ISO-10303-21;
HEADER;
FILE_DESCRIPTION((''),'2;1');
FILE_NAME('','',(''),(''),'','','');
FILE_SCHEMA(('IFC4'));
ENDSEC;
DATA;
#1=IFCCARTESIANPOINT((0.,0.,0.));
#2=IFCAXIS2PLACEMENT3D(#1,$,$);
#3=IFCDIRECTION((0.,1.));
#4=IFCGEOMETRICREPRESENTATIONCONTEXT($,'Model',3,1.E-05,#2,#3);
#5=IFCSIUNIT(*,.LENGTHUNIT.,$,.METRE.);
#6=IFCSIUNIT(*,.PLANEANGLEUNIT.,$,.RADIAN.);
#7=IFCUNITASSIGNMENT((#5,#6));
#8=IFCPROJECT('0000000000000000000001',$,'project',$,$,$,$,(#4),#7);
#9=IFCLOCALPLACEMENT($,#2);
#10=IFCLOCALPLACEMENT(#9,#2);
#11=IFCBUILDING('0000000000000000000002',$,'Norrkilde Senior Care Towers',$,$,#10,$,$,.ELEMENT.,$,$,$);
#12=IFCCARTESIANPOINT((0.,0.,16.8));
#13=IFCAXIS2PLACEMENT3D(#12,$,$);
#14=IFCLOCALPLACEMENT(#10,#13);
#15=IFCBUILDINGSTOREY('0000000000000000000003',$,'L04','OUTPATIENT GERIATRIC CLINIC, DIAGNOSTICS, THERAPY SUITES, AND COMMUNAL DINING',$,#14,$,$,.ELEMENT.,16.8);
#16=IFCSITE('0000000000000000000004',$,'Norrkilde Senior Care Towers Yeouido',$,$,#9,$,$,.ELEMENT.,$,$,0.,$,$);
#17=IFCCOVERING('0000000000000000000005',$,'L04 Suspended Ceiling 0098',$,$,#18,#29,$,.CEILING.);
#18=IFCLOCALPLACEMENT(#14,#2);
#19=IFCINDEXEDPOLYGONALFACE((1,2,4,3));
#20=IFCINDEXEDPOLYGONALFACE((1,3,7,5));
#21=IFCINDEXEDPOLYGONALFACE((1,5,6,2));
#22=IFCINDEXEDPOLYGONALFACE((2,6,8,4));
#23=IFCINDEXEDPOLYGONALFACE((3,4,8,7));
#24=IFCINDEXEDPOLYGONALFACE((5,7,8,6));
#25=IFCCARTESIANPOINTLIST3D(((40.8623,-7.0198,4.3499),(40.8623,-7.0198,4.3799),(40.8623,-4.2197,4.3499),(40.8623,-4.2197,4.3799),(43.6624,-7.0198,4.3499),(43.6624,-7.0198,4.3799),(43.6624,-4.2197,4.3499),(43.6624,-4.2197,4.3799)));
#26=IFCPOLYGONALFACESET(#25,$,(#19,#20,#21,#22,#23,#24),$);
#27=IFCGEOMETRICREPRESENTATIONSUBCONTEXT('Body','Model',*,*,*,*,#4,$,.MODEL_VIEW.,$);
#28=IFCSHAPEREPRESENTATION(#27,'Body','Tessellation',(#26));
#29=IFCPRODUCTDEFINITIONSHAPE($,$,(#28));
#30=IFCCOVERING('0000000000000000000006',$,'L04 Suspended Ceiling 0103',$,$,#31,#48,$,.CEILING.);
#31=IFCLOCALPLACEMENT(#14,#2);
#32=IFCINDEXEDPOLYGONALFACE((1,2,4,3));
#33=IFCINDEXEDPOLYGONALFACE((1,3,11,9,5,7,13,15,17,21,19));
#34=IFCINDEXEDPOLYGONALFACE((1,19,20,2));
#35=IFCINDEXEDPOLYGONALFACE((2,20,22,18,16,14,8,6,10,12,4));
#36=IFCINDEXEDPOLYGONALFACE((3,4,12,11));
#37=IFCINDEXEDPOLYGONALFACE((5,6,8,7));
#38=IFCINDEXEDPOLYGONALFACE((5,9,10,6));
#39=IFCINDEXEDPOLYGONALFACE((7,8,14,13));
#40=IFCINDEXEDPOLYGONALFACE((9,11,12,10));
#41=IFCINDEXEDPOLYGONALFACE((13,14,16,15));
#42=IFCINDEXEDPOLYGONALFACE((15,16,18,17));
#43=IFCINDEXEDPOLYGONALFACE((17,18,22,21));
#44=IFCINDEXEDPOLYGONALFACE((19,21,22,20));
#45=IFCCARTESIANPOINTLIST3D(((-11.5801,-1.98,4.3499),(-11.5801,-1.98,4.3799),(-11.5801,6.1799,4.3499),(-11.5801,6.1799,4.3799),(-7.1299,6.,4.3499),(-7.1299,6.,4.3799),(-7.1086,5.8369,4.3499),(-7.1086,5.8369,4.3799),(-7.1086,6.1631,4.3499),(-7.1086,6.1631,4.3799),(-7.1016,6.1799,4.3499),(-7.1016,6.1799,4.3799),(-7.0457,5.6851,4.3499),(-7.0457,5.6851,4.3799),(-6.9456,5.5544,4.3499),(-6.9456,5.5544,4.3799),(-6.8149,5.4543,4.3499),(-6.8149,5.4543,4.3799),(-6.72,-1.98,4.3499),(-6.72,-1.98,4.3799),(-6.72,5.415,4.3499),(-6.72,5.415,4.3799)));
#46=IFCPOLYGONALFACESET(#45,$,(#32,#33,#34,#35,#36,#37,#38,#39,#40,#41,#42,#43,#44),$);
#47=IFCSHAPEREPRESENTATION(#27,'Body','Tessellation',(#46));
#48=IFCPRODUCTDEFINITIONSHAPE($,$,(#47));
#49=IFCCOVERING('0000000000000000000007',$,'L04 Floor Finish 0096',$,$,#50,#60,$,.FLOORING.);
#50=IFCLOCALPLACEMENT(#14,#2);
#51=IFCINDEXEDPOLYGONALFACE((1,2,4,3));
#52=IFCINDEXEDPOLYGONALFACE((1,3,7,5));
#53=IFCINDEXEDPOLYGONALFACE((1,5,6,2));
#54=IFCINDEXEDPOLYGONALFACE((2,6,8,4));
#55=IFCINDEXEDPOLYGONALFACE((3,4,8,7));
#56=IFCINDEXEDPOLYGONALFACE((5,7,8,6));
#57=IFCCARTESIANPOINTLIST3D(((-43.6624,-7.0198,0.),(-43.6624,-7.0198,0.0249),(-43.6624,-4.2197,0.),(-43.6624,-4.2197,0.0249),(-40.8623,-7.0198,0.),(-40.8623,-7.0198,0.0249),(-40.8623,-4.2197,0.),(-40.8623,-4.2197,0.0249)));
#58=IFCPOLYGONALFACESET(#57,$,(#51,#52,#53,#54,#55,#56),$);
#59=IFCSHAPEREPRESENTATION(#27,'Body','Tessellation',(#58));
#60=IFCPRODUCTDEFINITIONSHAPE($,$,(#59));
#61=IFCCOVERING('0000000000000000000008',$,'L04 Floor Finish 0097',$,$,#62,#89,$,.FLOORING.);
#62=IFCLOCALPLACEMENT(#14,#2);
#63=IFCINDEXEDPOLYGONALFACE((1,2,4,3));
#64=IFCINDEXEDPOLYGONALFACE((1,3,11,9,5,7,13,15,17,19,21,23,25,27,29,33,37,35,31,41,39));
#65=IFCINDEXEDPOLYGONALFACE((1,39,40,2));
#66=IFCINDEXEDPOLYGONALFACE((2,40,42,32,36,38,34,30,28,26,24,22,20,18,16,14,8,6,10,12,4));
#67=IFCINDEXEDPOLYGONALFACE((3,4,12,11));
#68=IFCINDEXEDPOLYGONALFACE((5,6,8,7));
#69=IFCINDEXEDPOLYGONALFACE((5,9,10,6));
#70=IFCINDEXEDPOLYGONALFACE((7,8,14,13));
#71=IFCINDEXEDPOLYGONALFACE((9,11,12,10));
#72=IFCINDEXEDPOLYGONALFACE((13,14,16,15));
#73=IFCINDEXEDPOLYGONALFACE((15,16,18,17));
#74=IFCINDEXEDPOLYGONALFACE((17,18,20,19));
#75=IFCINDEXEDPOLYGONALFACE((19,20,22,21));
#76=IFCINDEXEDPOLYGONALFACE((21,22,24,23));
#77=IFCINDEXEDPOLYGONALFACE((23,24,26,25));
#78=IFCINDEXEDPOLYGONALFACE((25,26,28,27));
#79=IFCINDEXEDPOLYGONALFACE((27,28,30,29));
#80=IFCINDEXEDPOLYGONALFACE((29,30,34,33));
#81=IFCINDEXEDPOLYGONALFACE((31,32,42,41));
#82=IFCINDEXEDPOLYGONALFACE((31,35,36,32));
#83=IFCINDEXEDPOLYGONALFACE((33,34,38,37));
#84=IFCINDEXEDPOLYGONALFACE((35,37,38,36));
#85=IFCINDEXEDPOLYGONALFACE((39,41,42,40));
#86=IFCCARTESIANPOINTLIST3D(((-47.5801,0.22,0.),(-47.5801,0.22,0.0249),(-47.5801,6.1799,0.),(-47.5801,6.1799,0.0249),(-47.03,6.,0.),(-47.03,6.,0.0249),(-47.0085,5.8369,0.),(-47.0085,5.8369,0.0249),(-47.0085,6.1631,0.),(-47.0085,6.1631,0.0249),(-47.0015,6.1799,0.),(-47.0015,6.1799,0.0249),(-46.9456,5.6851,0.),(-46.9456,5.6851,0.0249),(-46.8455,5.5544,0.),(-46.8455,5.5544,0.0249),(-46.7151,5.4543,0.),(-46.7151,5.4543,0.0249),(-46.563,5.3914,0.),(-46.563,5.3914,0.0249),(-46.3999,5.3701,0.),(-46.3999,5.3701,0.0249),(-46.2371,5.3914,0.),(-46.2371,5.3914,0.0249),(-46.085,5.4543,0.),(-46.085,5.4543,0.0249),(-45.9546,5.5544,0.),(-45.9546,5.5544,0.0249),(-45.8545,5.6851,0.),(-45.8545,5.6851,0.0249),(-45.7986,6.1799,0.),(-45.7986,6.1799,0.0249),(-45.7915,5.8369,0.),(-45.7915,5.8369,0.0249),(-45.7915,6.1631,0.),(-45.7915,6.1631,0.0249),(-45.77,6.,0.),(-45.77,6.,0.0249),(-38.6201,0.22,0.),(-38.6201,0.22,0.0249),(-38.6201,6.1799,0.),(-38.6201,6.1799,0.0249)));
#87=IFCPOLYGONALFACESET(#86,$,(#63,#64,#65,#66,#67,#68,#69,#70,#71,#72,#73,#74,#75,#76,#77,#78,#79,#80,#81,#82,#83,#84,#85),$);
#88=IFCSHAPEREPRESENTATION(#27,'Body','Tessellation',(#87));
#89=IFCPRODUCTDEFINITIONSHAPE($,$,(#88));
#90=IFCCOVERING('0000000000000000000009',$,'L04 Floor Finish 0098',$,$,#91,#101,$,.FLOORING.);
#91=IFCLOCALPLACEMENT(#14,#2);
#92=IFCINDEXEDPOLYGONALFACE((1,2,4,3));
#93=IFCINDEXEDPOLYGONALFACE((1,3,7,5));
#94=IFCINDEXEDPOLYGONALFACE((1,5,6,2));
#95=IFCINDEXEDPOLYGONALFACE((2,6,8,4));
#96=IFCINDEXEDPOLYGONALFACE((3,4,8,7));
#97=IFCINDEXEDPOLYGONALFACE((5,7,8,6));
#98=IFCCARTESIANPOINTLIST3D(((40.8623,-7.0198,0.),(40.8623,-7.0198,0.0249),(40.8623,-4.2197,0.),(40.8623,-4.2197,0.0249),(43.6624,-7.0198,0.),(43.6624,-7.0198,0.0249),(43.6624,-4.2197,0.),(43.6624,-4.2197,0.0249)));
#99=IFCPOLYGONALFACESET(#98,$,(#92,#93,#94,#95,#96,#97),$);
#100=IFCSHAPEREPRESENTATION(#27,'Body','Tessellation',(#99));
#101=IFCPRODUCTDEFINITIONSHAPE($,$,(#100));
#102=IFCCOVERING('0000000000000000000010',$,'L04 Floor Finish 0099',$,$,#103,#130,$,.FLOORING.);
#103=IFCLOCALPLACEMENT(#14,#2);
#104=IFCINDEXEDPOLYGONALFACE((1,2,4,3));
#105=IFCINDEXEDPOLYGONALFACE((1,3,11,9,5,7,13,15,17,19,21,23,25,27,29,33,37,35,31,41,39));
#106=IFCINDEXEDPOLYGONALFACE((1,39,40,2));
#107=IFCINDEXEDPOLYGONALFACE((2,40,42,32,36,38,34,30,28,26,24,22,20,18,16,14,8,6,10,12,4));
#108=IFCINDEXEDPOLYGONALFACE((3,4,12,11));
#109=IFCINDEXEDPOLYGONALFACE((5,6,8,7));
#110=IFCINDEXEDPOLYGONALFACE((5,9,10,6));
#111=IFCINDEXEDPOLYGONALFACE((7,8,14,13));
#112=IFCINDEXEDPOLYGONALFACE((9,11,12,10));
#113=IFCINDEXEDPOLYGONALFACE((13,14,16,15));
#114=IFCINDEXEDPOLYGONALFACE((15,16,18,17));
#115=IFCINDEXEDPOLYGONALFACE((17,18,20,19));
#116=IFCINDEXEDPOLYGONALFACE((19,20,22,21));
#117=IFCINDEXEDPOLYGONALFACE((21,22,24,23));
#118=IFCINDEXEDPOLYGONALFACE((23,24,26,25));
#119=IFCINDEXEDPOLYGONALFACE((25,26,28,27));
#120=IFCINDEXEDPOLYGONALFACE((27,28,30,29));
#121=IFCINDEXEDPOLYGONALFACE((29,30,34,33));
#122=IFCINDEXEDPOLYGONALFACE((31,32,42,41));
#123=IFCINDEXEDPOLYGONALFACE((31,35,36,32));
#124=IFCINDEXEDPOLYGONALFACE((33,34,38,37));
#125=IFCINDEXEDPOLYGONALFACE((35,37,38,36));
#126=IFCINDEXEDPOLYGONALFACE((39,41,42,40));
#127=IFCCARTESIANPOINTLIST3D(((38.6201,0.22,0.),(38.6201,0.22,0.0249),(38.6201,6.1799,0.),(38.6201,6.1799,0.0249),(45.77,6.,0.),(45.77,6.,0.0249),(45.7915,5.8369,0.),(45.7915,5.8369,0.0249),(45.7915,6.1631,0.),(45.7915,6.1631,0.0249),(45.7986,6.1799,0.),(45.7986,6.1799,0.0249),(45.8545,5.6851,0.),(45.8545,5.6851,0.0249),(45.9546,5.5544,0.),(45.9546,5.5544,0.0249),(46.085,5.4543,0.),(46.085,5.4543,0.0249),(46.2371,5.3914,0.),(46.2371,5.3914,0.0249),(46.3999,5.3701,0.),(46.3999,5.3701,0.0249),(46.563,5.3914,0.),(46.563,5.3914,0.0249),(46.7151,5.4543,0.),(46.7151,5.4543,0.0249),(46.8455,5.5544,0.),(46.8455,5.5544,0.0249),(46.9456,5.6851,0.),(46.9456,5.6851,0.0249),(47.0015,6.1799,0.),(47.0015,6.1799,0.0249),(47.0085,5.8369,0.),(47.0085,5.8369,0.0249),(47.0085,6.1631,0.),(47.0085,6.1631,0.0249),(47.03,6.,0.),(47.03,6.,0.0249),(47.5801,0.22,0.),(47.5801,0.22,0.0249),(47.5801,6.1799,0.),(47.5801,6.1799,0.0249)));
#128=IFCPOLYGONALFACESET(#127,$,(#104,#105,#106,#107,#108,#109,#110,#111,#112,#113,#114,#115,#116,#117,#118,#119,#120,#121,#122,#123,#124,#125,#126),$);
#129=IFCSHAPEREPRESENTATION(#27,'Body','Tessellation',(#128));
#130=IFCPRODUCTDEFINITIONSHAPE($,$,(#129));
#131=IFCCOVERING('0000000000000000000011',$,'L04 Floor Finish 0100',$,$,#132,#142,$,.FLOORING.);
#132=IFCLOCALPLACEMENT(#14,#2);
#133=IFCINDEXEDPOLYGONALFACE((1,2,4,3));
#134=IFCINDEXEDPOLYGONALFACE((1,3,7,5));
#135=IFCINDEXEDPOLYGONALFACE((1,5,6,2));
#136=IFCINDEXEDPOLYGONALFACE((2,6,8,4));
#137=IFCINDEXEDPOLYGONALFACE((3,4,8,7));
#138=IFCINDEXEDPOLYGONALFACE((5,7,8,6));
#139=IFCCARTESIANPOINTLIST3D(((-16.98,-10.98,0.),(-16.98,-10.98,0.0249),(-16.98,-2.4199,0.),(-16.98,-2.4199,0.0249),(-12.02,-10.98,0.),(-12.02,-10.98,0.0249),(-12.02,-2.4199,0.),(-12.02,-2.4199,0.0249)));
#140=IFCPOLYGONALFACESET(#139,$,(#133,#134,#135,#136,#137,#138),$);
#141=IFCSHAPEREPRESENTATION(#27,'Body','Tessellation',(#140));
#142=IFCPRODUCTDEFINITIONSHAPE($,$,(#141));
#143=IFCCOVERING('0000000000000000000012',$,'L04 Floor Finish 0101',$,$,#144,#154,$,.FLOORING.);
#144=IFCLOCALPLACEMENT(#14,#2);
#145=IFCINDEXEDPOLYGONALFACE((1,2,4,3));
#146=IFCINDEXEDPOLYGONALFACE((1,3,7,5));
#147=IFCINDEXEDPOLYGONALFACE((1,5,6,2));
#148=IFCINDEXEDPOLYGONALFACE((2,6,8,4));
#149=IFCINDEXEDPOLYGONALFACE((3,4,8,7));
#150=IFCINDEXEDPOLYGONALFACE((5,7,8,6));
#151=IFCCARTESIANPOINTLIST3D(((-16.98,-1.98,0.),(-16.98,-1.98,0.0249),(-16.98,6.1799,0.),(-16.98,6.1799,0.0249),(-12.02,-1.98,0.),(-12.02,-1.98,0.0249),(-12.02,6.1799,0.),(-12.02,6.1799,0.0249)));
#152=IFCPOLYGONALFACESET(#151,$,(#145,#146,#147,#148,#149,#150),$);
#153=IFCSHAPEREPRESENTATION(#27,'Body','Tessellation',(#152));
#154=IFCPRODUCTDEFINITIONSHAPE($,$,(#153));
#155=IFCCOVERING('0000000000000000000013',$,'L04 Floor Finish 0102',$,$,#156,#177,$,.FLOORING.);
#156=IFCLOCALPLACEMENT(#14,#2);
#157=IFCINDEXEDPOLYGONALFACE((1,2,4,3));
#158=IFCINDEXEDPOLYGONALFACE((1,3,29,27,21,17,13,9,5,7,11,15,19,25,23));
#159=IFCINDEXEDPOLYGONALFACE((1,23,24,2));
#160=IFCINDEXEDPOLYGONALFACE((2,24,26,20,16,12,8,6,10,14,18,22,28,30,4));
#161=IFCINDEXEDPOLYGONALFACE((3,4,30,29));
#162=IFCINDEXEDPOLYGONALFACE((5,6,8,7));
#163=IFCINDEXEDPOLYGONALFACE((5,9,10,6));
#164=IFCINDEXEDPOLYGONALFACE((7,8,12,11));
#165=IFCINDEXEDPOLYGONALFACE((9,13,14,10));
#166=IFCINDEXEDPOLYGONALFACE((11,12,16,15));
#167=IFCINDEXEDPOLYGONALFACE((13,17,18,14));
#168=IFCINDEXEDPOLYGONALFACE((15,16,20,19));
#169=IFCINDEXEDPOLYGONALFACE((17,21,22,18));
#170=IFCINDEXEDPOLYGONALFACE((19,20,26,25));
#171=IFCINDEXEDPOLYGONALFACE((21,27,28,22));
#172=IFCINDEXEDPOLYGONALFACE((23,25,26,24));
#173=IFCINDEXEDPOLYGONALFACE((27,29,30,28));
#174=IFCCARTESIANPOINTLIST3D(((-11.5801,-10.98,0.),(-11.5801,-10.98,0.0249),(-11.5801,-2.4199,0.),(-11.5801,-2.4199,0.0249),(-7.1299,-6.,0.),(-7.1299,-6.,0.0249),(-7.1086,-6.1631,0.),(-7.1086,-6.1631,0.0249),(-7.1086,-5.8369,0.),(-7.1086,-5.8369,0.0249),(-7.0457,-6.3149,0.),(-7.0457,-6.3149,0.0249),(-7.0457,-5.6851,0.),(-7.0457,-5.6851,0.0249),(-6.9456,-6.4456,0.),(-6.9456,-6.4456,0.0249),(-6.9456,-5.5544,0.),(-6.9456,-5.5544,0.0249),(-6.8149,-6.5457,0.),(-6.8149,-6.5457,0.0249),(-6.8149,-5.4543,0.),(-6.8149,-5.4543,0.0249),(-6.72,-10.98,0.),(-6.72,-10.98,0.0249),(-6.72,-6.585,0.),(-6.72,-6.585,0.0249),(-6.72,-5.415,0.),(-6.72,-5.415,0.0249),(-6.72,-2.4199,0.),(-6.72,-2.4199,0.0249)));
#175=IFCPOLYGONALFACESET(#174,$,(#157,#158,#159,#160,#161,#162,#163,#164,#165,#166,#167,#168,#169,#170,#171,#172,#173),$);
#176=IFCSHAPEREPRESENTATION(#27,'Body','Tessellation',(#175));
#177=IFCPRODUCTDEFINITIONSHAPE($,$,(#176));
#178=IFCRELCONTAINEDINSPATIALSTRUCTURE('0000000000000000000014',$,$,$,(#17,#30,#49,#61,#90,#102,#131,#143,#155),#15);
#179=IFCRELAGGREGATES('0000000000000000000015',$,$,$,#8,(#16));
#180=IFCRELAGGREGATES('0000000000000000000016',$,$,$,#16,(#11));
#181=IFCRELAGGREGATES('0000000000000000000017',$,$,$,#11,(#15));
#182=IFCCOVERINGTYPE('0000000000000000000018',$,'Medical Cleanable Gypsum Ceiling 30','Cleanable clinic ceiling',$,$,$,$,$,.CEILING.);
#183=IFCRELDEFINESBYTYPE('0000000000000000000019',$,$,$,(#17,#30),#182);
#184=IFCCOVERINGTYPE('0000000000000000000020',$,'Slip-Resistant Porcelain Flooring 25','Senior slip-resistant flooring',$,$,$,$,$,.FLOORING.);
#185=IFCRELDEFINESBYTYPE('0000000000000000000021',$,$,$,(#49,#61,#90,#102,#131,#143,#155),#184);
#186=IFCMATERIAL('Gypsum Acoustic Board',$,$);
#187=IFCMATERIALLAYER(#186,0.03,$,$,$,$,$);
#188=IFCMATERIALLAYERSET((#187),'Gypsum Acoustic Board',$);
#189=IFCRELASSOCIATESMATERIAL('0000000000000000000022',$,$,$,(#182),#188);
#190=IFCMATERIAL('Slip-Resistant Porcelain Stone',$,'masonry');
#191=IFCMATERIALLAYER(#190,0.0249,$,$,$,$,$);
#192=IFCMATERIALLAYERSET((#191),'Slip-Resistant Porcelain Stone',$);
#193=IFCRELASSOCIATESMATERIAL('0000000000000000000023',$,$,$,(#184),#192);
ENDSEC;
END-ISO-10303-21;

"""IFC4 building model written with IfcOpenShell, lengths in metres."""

from ifc_helpers import new_model, si_unit, direction, frame, origin, place, context, subcontext, project, spatial, polyline, outline, extrude, material, layer, layer_set, type_object, element, save


model = new_model("IFC4")

# Units and contexts
model_context = context("Model", 3, precision=1e-05, world=origin(), true_north=direction((0.0, 1.0)))
body_context = subcontext(model_context, "Body", "Model", "MODEL_VIEW")
ifc_project = project(units=[si_unit("LENGTHUNIT", "METRE"), si_unit("PLANEANGLEUNIT", "RADIAN")], contexts=[model_context])

# Site, building, storey
site_placement = place(None, origin())
site = spatial("IfcSite", under=ifc_project, at=site_placement, Name="Norrkilde Senior Care Towers Yeouido", CompositionType="ELEMENT", RefElevation=0.0)
building_placement = place(site_placement, origin())
building = spatial("IfcBuilding", under=site, at=building_placement, Name="Norrkilde Senior Care Towers", CompositionType="ELEMENT")
storey_placement = place(building_placement, frame((0.0, 0.0, 16.8)))
storey = spatial("IfcBuildingStorey", under=building, at=storey_placement, Name="L04", Description="OUTPATIENT GERIATRIC CLINIC, DIAGNOSTICS, THERAPY SUITES, AND COMMUNAL DINING", CompositionType="ELEMENT", Elevation=16.8)

# Coverings
ifc_material_1 = material(Name="Gypsum Acoustic Board")
ifc_layer_1 = layer(ifc_material_1, 0.03)
ifc_layer_set_1 = layer_set([ifc_layer_1], Name="Gypsum Acoustic Board")
covering_type_1 = type_object("IfcCoveringType", Name="Medical Cleanable Gypsum Ceiling 30", Description="Cleanable clinic ceiling", PredefinedType="CEILING", material=ifc_layer_set_1)
covering_1_placement = place(storey_placement, frame((0.0, 0.0, 4.3499)))
element("IfcCovering", 1, at=covering_1_placement, inside=storey, type_object=covering_type_1, Name="L04 Suspended Ceiling 0098", PredefinedType="CEILING", context=body_context, shape_type="SweptSolid", body=[
    extrude(outline(polyline([(40.8623, -7.0198), (40.8623, -4.2197), (43.6624, -4.2197), (43.6624, -7.0198), (40.8623, -7.0198)])), origin(), (0.0, 0.0, 1.0), 0.03),
])
covering_2_placement = place(storey_placement, frame((0.0, 0.0, 4.3499)))
element("IfcCovering", 2, at=covering_2_placement, inside=storey, type_object=covering_type_1, Name="L04 Suspended Ceiling 0103", PredefinedType="CEILING", context=body_context, shape_type="SweptSolid", body=[
    extrude(outline(polyline([(-6.72, -1.98), (-11.5801, -1.98), (-11.5801, 6.1799), (-7.1016, 6.1799), (-7.1086, 6.1631), (-7.1299, 6.0), (-7.1086, 5.8369), (-7.0457, 5.6851), (-6.9456, 5.5544), (-6.8149, 5.4543), (-6.72, 5.415), (-6.72, -1.98)])), origin(), (0.0, 0.0, 1.0), 0.03),
])
ifc_material_2 = material(Name="Slip-Resistant Porcelain Stone", Category="masonry")
ifc_layer_2 = layer(ifc_material_2, 0.0249)
ifc_layer_set_2 = layer_set([ifc_layer_2], Name="Slip-Resistant Porcelain Stone")
covering_type_2 = type_object("IfcCoveringType", Name="Slip-Resistant Porcelain Flooring 25", Description="Senior slip-resistant flooring", PredefinedType="FLOORING", material=ifc_layer_set_2)
covering_3_placement = place(storey_placement, origin())
element("IfcCovering", 3, at=covering_3_placement, inside=storey, type_object=covering_type_2, Name="L04 Floor Finish 0096", PredefinedType="FLOORING", context=body_context, shape_type="SweptSolid", body=[
    extrude(outline(polyline([(-43.6624, -7.0198), (-43.6624, -4.2197), (-40.8623, -4.2197), (-40.8623, -7.0198), (-43.6624, -7.0198)])), origin(), (0.0, 0.0, 1.0), 0.0249),
])
covering_4_placement = place(storey_placement, origin())
element("IfcCovering", 4, at=covering_4_placement, inside=storey, type_object=covering_type_2, Name="L04 Floor Finish 0097", PredefinedType="FLOORING", context=body_context, shape_type="SweptSolid", body=[
    extrude(outline(polyline([(-38.6201, 0.22), (-47.5801, 0.22), (-47.5801, 6.1799), (-47.0015, 6.1799), (-47.0085, 6.1631), (-47.03, 6.0), (-47.0085, 5.8369), (-46.9456, 5.6851), (-46.8455, 5.5544), (-46.7151, 5.4543), (-46.563, 5.3914), (-46.3999, 5.3701), (-46.2371, 5.3914), (-46.085, 5.4543), (-45.9546, 5.5544), (-45.8545, 5.6851), (-45.7915, 5.8369), (-45.77, 6.0), (-45.7915, 6.1631), (-45.7986, 6.1799), (-38.6201, 6.1799), (-38.6201, 0.22)])), origin(), (0.0, 0.0, 1.0), 0.0249),
])
covering_5_placement = place(storey_placement, origin())
element("IfcCovering", 5, at=covering_5_placement, inside=storey, type_object=covering_type_2, Name="L04 Floor Finish 0098", PredefinedType="FLOORING", context=body_context, shape_type="SweptSolid", body=[
    extrude(outline(polyline([(40.8623, -7.0198), (40.8623, -4.2197), (43.6624, -4.2197), (43.6624, -7.0198), (40.8623, -7.0198)])), origin(), (0.0, 0.0, 1.0), 0.0249),
])
covering_6_placement = place(storey_placement, origin())
element("IfcCovering", 6, at=covering_6_placement, inside=storey, type_object=covering_type_2, Name="L04 Floor Finish 0099", PredefinedType="FLOORING", context=body_context, shape_type="SweptSolid", body=[
    extrude(outline(polyline([(47.5801, 0.22), (38.6201, 0.22), (38.6201, 6.1799), (45.7986, 6.1799), (45.7915, 6.1631), (45.77, 6.0), (45.7915, 5.8369), (45.8545, 5.6851), (45.9546, 5.5544), (46.085, 5.4543), (46.2371, 5.3914), (46.3999, 5.3701), (46.563, 5.3914), (46.7151, 5.4543), (46.8455, 5.5544), (46.9456, 5.6851), (47.0085, 5.8369), (47.03, 6.0), (47.0085, 6.1631), (47.0015, 6.1799), (47.5801, 6.1799), (47.5801, 0.22)])), origin(), (0.0, 0.0, 1.0), 0.0249),
])
covering_7_placement = place(storey_placement, origin())
element("IfcCovering", 7, at=covering_7_placement, inside=storey, type_object=covering_type_2, Name="L04 Floor Finish 0100", PredefinedType="FLOORING", context=body_context, shape_type="SweptSolid", body=[
    extrude(outline(polyline([(-12.02, -2.4199), (-12.02, -10.98), (-16.98, -10.98), (-16.98, -2.4199), (-12.02, -2.4199)])), origin(), (0.0, 0.0, 1.0), 0.0249),
])
covering_8_placement = place(storey_placement, origin())
element("IfcCovering", 8, at=covering_8_placement, inside=storey, type_object=covering_type_2, Name="L04 Floor Finish 0101", PredefinedType="FLOORING", context=body_context, shape_type="SweptSolid", body=[
    extrude(outline(polyline([(-12.02, 6.1799), (-12.02, -1.98), (-16.98, -1.98), (-16.98, 6.1799), (-12.02, 6.1799)])), origin(), (0.0, 0.0, 1.0), 0.0249),
])
covering_9_placement = place(storey_placement, origin())
element("IfcCovering", 9, at=covering_9_placement, inside=storey, type_object=covering_type_2, Name="L04 Floor Finish 0102", PredefinedType="FLOORING", context=body_context, shape_type="SweptSolid", body=[
    extrude(outline(polyline([(-6.72, -5.415), (-6.8149, -5.4543), (-6.9456, -5.5544), (-7.0457, -5.6851), (-7.1086, -5.8369), (-7.1299, -6.0), (-7.1086, -6.1631), (-7.0457, -6.3149), (-6.9456, -6.4456), (-6.8149, -6.5457), (-6.72, -6.585), (-6.72, -10.98), (-11.5801, -10.98), (-11.5801, -2.4199), (-6.72, -2.4199), (-6.72, -5.415)])), origin(), (0.0, 0.0, 1.0), 0.0249),
])

save(model, "model.ifc")
